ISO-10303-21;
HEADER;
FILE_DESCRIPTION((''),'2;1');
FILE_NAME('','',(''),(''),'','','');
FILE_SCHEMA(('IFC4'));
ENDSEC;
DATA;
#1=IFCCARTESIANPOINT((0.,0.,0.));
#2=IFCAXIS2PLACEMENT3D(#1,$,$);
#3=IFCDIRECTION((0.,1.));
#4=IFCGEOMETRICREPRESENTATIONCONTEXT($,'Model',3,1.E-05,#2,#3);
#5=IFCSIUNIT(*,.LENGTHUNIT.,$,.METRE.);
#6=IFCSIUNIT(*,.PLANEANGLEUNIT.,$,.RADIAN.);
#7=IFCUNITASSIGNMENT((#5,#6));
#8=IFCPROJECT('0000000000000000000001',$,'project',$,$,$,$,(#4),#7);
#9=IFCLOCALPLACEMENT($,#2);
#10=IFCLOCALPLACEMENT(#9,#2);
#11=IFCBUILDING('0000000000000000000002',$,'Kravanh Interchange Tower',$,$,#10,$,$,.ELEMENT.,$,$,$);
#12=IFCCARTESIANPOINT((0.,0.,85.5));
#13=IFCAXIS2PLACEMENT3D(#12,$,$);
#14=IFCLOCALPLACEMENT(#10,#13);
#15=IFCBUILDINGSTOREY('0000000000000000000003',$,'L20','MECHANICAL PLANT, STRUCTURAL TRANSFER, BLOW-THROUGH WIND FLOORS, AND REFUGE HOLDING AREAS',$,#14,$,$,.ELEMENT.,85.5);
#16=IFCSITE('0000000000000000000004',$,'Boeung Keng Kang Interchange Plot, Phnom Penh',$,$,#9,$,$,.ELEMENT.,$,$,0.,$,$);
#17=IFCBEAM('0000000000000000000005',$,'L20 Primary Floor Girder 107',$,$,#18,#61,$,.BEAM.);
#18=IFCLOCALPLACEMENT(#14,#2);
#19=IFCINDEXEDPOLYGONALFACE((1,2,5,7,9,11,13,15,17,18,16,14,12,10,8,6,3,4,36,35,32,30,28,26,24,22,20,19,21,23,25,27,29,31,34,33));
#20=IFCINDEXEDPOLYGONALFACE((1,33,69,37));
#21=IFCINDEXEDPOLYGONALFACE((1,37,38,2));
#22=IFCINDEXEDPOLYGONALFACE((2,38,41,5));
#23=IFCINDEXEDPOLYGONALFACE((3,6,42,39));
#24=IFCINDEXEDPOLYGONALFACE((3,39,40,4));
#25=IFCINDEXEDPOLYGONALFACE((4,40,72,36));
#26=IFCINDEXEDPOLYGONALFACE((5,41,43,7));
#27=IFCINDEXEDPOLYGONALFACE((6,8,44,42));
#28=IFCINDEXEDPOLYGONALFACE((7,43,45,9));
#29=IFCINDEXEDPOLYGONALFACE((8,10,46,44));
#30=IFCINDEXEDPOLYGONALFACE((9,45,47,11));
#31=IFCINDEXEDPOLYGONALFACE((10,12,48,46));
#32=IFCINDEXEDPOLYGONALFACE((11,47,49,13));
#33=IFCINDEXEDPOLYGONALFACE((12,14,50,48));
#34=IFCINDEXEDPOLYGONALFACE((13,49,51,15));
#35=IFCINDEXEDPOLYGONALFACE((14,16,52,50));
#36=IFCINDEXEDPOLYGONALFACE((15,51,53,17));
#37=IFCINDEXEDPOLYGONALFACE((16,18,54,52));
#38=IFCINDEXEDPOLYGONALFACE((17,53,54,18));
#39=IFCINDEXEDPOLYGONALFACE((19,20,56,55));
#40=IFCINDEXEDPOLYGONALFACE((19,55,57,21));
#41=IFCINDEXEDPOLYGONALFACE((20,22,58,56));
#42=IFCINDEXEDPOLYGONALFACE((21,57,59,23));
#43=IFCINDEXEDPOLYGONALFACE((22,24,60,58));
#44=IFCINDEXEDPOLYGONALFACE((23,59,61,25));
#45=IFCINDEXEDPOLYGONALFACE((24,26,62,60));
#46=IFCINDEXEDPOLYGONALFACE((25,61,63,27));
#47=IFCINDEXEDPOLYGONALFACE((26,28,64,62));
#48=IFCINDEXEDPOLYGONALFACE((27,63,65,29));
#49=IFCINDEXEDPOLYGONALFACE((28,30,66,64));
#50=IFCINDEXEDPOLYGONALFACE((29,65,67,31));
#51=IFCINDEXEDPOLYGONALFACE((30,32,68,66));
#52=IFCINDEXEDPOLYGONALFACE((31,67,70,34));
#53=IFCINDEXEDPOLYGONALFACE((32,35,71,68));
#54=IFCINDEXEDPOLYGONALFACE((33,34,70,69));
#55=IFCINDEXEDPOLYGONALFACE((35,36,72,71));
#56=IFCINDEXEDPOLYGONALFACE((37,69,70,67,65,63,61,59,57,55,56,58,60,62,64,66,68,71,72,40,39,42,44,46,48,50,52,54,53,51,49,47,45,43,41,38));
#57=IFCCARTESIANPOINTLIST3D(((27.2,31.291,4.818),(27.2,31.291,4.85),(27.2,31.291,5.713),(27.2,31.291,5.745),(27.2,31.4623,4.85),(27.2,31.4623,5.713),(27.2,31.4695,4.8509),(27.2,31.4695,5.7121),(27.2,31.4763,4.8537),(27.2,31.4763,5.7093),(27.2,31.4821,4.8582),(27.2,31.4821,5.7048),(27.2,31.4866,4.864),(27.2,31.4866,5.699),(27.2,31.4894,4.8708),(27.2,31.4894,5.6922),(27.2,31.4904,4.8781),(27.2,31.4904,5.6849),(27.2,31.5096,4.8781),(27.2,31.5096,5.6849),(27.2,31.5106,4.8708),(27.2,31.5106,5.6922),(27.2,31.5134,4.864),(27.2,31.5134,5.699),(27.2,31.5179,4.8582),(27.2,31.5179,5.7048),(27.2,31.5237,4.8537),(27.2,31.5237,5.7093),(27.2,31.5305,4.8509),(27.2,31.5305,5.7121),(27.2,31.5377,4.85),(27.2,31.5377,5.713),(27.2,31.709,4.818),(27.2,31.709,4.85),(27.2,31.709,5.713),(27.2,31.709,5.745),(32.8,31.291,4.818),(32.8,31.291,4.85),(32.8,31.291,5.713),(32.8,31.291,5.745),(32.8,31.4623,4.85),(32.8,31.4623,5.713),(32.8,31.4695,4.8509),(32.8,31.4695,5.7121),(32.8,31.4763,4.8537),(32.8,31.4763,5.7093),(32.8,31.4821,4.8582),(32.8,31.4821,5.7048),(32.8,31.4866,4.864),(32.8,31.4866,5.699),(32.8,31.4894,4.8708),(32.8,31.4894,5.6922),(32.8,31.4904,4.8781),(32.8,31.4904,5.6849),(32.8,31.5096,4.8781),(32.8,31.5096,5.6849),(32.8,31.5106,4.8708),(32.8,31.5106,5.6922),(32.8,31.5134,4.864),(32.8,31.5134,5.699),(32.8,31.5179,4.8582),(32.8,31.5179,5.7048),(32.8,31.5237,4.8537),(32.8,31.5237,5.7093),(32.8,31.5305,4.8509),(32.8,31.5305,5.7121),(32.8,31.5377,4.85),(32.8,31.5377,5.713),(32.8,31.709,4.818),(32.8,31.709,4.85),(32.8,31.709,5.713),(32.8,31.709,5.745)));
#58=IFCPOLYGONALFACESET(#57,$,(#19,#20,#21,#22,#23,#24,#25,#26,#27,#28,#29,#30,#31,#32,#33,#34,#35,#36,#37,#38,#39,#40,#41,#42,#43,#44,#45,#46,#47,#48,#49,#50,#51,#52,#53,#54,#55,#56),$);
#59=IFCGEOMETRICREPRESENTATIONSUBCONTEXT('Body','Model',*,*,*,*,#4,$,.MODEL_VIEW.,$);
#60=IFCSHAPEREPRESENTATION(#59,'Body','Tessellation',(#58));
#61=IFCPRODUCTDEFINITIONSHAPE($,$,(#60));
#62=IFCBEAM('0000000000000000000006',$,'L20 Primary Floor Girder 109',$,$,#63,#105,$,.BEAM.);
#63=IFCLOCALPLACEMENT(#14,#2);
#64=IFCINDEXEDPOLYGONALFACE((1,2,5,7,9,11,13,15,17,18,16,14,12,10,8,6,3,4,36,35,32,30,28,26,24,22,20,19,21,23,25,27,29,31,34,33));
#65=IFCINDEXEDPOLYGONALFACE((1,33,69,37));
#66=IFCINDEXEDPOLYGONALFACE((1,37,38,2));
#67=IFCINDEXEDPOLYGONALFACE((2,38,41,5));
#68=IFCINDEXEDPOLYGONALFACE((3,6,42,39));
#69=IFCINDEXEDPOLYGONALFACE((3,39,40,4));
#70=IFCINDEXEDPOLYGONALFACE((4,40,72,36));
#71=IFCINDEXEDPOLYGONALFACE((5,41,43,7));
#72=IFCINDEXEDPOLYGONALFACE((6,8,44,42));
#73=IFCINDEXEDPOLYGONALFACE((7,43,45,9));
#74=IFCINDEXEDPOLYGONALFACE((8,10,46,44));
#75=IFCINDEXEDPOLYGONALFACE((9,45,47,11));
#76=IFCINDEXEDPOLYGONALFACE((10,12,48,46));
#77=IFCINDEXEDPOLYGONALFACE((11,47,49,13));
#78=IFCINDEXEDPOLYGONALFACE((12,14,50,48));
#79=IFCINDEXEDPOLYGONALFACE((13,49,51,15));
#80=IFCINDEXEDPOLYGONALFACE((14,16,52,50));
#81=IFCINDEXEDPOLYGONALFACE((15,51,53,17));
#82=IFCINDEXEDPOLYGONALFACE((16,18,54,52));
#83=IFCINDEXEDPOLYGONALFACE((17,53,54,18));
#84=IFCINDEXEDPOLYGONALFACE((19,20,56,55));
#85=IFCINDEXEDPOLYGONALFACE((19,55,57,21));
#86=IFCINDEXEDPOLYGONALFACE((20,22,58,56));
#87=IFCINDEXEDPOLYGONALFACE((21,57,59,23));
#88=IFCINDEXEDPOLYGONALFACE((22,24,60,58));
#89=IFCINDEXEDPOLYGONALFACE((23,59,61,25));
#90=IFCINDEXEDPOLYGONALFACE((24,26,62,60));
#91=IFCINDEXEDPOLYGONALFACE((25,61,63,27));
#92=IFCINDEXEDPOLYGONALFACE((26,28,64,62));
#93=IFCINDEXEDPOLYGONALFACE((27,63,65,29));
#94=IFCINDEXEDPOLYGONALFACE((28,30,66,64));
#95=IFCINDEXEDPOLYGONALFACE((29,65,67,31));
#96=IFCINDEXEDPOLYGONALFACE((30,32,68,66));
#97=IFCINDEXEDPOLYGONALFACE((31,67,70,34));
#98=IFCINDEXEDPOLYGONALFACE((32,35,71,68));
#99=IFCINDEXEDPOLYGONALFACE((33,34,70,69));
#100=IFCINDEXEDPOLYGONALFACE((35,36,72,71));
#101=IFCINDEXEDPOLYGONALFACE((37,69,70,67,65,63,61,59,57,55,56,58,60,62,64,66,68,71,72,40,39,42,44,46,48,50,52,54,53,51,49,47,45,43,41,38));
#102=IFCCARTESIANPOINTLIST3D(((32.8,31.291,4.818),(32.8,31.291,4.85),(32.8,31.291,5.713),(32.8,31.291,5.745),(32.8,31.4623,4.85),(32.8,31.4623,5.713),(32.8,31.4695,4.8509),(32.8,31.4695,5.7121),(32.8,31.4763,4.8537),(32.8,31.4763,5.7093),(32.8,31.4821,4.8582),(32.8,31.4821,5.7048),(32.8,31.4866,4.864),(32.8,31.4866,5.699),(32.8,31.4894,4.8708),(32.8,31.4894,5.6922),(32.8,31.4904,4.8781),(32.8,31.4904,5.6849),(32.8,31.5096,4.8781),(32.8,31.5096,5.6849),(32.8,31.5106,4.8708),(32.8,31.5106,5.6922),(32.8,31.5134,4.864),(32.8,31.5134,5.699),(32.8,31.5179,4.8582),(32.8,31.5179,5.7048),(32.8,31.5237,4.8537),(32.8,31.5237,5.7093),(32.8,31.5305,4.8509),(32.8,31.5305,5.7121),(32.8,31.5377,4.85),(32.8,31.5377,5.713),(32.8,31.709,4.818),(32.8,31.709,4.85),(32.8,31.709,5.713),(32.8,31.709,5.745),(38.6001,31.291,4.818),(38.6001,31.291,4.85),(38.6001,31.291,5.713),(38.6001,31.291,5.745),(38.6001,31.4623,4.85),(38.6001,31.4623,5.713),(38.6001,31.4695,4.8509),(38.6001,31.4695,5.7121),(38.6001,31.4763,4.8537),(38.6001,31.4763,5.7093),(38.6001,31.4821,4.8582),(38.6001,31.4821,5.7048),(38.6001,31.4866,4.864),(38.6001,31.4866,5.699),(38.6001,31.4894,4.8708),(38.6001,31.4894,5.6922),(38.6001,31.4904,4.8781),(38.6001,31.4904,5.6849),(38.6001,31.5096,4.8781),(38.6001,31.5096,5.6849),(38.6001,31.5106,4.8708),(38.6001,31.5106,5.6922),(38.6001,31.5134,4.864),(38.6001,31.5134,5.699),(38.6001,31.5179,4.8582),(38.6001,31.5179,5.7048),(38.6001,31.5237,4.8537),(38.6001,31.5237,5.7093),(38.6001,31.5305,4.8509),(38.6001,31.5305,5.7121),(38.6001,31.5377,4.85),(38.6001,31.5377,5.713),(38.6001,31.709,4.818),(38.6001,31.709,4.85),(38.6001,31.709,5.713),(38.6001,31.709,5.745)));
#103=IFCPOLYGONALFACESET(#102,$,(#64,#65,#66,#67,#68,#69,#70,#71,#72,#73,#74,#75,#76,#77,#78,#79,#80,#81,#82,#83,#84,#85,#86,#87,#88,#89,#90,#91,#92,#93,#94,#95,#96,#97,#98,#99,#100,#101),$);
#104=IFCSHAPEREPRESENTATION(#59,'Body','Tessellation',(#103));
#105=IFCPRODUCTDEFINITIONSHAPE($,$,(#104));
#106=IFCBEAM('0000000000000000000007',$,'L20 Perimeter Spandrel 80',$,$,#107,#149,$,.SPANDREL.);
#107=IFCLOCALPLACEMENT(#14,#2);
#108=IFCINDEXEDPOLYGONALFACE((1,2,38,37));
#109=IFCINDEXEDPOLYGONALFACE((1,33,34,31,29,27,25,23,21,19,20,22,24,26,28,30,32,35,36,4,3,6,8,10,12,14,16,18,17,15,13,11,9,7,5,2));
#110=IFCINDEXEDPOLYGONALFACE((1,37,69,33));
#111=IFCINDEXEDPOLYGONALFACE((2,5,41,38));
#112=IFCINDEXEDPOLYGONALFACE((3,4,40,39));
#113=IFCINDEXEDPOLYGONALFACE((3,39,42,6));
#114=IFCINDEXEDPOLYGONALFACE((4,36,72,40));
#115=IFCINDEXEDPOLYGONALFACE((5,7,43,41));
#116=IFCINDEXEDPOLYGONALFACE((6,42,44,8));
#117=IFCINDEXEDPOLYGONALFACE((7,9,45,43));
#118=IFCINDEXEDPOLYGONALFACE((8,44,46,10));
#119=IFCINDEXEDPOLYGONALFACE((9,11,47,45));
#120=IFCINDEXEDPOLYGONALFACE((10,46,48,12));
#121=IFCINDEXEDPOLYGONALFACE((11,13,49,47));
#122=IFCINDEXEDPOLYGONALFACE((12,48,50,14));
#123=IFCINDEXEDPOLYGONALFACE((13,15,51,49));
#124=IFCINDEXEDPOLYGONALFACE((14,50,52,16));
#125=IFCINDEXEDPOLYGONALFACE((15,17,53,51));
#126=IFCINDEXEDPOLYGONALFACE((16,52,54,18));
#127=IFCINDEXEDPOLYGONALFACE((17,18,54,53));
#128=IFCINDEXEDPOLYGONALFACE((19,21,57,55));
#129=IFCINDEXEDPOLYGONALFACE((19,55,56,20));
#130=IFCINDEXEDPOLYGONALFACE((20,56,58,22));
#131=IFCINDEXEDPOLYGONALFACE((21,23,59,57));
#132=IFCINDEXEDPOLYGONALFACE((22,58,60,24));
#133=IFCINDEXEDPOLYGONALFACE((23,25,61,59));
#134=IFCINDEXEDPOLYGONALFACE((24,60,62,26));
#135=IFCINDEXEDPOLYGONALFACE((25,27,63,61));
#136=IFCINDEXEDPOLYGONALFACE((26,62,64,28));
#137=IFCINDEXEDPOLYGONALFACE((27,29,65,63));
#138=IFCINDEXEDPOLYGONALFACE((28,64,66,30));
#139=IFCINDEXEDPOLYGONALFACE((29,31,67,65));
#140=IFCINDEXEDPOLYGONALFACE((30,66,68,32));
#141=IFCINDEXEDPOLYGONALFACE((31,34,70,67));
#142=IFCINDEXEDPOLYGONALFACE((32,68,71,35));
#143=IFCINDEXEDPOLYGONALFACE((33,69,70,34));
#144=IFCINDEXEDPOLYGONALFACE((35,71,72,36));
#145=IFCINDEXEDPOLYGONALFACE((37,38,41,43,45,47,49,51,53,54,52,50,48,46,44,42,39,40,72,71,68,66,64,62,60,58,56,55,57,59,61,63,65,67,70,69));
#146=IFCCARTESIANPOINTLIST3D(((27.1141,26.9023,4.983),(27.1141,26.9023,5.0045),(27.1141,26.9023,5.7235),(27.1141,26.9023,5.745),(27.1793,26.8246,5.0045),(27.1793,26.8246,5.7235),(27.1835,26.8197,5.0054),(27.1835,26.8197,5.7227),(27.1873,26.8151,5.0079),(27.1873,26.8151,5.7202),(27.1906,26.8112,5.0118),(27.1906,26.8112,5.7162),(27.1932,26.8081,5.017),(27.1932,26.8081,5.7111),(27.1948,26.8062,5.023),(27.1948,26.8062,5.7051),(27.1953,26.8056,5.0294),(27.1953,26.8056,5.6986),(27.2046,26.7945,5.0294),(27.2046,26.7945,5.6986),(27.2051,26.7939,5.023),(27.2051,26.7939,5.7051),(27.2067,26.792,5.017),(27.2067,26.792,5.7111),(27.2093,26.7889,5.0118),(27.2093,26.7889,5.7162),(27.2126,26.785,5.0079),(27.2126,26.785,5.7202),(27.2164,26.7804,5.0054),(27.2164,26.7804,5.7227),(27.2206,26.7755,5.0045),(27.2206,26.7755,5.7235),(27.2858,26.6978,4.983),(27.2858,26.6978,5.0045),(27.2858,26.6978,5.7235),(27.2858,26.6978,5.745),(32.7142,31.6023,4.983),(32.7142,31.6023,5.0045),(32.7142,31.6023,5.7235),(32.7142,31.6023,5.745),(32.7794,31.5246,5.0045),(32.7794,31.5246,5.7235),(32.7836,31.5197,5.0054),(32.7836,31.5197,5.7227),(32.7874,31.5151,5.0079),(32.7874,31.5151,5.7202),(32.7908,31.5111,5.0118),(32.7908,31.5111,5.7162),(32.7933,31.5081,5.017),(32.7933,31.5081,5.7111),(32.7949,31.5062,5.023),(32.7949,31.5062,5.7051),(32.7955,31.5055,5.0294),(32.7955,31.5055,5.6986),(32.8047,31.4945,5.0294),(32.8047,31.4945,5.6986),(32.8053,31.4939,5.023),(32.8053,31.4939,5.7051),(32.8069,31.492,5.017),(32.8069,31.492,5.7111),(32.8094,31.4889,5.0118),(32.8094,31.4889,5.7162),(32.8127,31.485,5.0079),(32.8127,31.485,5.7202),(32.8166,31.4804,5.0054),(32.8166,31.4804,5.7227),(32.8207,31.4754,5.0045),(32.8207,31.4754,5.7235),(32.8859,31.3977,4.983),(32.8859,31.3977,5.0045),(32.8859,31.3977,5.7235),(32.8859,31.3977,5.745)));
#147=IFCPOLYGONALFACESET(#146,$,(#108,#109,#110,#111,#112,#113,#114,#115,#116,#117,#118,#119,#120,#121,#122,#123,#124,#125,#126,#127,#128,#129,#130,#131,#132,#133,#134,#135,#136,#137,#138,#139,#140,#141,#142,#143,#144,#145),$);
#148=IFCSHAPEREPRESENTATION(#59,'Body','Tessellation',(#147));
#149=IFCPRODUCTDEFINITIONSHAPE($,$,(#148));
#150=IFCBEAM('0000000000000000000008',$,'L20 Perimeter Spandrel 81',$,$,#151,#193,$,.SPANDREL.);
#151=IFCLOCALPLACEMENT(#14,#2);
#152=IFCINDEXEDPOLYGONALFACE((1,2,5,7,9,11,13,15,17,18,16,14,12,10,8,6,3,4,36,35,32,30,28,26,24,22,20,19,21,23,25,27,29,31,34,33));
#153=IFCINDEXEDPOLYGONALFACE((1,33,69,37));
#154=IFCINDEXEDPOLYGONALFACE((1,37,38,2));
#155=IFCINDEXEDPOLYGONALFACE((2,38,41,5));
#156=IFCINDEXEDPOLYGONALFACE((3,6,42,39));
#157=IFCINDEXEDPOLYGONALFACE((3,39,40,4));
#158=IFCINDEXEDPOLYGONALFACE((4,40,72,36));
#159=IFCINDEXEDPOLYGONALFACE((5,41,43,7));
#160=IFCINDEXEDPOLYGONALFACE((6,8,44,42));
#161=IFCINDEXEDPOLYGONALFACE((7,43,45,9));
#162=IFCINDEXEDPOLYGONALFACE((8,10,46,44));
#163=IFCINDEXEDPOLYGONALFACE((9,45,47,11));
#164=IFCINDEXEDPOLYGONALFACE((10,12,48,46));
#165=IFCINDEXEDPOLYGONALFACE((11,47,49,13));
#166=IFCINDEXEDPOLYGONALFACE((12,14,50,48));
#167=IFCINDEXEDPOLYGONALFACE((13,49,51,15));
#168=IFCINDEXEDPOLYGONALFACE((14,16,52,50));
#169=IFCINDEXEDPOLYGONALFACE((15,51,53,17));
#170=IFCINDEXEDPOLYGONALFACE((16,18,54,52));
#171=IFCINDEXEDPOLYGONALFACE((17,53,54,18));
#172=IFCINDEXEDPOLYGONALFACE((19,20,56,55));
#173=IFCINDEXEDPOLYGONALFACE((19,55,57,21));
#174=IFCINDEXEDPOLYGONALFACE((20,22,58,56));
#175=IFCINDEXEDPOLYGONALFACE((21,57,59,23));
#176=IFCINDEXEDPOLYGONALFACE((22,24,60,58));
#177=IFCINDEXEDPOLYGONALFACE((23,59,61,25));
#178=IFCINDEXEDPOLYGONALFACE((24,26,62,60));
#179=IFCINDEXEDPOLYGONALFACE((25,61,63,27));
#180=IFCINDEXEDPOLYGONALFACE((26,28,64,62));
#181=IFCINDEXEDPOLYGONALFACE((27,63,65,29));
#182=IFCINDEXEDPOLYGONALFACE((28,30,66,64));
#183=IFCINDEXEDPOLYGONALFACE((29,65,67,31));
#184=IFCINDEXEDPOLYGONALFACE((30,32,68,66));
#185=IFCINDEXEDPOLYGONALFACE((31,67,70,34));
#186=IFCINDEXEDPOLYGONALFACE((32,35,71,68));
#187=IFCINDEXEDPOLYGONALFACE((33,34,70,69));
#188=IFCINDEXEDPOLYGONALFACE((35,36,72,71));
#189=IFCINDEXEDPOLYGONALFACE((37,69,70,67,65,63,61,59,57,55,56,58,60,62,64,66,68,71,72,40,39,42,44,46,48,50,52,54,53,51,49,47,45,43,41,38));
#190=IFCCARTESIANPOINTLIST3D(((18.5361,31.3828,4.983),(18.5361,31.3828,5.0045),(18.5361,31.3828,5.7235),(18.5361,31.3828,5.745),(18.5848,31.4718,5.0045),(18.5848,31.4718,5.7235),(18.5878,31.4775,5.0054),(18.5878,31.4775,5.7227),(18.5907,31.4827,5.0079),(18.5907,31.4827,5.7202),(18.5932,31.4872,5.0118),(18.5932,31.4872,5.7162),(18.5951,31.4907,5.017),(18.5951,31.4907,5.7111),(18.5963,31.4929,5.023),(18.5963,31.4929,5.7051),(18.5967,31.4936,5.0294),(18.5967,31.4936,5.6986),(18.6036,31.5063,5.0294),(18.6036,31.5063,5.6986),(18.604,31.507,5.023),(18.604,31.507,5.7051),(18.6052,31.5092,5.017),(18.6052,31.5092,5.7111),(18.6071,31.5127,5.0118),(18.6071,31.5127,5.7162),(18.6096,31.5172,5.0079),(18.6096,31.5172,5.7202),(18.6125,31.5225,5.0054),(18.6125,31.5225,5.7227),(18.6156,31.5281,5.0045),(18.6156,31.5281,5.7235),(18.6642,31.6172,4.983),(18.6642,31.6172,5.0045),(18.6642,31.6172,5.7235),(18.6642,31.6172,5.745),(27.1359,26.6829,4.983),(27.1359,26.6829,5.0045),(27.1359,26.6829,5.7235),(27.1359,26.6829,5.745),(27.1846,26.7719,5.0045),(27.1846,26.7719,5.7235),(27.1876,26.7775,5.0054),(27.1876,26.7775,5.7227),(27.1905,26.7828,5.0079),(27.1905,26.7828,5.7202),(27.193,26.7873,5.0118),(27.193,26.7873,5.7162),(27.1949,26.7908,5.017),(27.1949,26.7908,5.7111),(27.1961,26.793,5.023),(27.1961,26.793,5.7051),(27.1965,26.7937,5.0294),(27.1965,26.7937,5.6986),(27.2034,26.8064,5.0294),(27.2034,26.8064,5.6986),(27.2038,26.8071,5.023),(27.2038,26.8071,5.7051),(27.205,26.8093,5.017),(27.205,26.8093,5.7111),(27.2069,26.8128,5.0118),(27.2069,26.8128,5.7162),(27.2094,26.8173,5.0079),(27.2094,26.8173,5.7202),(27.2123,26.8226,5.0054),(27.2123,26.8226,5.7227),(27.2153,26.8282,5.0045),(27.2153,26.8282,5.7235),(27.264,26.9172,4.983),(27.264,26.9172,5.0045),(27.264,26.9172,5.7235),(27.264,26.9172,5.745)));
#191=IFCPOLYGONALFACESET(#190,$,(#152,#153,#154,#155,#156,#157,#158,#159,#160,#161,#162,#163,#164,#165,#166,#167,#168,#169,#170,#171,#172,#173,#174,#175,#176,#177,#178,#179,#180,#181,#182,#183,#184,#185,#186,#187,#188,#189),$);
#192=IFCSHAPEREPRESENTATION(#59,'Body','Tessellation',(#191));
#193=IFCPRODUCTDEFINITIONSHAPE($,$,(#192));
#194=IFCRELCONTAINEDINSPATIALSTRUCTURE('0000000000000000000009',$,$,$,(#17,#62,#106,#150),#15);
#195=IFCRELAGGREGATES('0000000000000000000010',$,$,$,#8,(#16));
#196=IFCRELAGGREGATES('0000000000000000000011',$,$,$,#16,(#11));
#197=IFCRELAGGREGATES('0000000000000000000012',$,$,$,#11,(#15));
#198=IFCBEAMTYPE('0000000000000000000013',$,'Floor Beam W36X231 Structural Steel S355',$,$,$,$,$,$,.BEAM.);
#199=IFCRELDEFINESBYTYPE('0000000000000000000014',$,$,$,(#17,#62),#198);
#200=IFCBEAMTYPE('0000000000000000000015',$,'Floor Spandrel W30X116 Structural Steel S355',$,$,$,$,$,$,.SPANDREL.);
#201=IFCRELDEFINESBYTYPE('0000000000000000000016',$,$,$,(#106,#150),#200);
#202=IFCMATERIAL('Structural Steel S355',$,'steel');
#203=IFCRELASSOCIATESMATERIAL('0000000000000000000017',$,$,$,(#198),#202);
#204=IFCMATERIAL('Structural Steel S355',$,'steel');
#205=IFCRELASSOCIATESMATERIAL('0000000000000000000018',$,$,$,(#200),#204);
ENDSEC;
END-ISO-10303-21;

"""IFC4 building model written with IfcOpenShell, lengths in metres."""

from ifc_helpers import new_model, si_unit, direction, frame, origin, origin_2d, place, context, subcontext, project, spatial, i_section, extrude, material, material_profile, profile_set, type_object, element, save


model = new_model("IFC4")

# Units and contexts
model_context = context("Model", 3, precision=1e-05, world=origin(), true_north=direction((0.0, 1.0)))
body_context = subcontext(model_context, "Body", "Model", "MODEL_VIEW")
ifc_project = project(units=[si_unit("LENGTHUNIT", "METRE"), si_unit("PLANEANGLEUNIT", "RADIAN")], contexts=[model_context])

# Site, building, storey
site_placement = place(None, origin())
site = spatial("IfcSite", under=ifc_project, at=site_placement, Name="Boeung Keng Kang Interchange Plot, Phnom Penh", CompositionType="ELEMENT", RefElevation=0.0)
building_placement = place(site_placement, origin())
building = spatial("IfcBuilding", under=site, at=building_placement, Name="Kravanh Interchange Tower", CompositionType="ELEMENT")
storey_placement = place(building_placement, frame((0.0, 0.0, 85.5)))
storey = spatial("IfcBuildingStorey", under=building, at=storey_placement, Name="L20", Description="MECHANICAL PLANT, STRUCTURAL TRANSFER, BLOW-THROUGH WIND FLOORS, AND REFUGE HOLDING AREAS", CompositionType="ELEMENT", Elevation=85.5)

# Beams
ifc_material_1 = material(Name="Structural Steel S355", Category="steel")
ifc_material_profile_1 = material_profile(ifc_material_1, i_section(OverallWidth=0.418, OverallDepth=0.927, WebThickness=0.0193, FlangeThickness=0.032, FilletRadius=0.0281, at=origin_2d()), Name="W36X231")
ifc_profile_set_1 = profile_set([ifc_material_profile_1], Name="Structural Steel S355")
beam_type_1 = type_object("IfcBeamType", Name="Floor Beam W36X231 Structural Steel S355", PredefinedType="BEAM", material=ifc_profile_set_1)
beam_1_placement = place(storey_placement, frame((27.2, 31.5, 5.2815), z_axis=(1.0, 0.0, 0.0), x_axis=(0.0, 1.0, 0.0)))
element("IfcBeam", 1, at=beam_1_placement, inside=storey, type_object=beam_type_1, Name="L20 Primary Floor Girder 107", PredefinedType="BEAM", context=body_context, shape_type="SweptSolid", body=[
    extrude(i_section(OverallWidth=0.418, OverallDepth=0.927, WebThickness=0.0193, FlangeThickness=0.032, FilletRadius=0.0281, at=origin_2d()), origin(), (0.0, 0.0, 1.0), 5.6001),
])
beam_2_placement = place(storey_placement, frame((32.8, 31.5, 5.2815), z_axis=(1.0, 0.0, 0.0), x_axis=(0.0, 1.0, 0.0)))
element("IfcBeam", 2, at=beam_2_placement, inside=storey, type_object=beam_type_1, Name="L20 Primary Floor Girder 109", PredefinedType="BEAM", context=body_context, shape_type="SweptSolid", body=[
    extrude(i_section(OverallWidth=0.418, OverallDepth=0.927, WebThickness=0.0193, FlangeThickness=0.032, FilletRadius=0.0281, at=origin_2d()), origin(), (0.0, 0.0, 1.0), 5.8),
])
ifc_material_2 = material(Name="Structural Steel S355", Category="steel")
ifc_material_profile_2 = material_profile(ifc_material_2, i_section(OverallWidth=0.2671, OverallDepth=0.762, WebThickness=0.0144, FlangeThickness=0.0215, FilletRadius=0.0249, at=origin_2d()), Name="W30X116")
ifc_profile_set_2 = profile_set([ifc_material_profile_2], Name="Structural Steel S355")
beam_type_2 = type_object("IfcBeamType", Name="Floor Spandrel W30X116 Structural Steel S355", PredefinedType="SPANDREL", material=ifc_profile_set_2)
beam_3_placement = place(storey_placement, frame((27.2, 26.8, 5.364), z_axis=(0.765983, 0.642861, 0.0), x_axis=(-0.642861, 0.765983, 0.0)))
element("IfcBeam", 3, at=beam_3_placement, inside=storey, type_object=beam_type_2, Name="L20 Perimeter Spandrel 80", PredefinedType="SPANDREL", context=body_context, shape_type="SweptSolid", body=[
    extrude(i_section(OverallWidth=0.2671, OverallDepth=0.762, WebThickness=0.0144, FlangeThickness=0.0215, FilletRadius=0.0249, at=origin_2d()), origin(), (0.0, 0.0, 1.0), 7.311),
])
beam_4_placement = place(storey_placement, frame((27.2, 26.8, 5.364), z_axis=(-0.877504, 0.479569, 0.0), x_axis=(-0.479569, -0.877504, 0.0)))
element("IfcBeam", 4, at=beam_4_placement, inside=storey, type_object=beam_type_2, Name="L20 Perimeter Spandrel 81", PredefinedType="SPANDREL", context=body_context, shape_type="SweptSolid", body=[
    extrude(i_section(OverallWidth=0.2671, OverallDepth=0.762, WebThickness=0.0144, FlangeThickness=0.0215, FilletRadius=0.0249, at=origin_2d()), origin(), (0.0, 0.0, 1.0), 9.8003),
])

save(model, "model.ifc")
